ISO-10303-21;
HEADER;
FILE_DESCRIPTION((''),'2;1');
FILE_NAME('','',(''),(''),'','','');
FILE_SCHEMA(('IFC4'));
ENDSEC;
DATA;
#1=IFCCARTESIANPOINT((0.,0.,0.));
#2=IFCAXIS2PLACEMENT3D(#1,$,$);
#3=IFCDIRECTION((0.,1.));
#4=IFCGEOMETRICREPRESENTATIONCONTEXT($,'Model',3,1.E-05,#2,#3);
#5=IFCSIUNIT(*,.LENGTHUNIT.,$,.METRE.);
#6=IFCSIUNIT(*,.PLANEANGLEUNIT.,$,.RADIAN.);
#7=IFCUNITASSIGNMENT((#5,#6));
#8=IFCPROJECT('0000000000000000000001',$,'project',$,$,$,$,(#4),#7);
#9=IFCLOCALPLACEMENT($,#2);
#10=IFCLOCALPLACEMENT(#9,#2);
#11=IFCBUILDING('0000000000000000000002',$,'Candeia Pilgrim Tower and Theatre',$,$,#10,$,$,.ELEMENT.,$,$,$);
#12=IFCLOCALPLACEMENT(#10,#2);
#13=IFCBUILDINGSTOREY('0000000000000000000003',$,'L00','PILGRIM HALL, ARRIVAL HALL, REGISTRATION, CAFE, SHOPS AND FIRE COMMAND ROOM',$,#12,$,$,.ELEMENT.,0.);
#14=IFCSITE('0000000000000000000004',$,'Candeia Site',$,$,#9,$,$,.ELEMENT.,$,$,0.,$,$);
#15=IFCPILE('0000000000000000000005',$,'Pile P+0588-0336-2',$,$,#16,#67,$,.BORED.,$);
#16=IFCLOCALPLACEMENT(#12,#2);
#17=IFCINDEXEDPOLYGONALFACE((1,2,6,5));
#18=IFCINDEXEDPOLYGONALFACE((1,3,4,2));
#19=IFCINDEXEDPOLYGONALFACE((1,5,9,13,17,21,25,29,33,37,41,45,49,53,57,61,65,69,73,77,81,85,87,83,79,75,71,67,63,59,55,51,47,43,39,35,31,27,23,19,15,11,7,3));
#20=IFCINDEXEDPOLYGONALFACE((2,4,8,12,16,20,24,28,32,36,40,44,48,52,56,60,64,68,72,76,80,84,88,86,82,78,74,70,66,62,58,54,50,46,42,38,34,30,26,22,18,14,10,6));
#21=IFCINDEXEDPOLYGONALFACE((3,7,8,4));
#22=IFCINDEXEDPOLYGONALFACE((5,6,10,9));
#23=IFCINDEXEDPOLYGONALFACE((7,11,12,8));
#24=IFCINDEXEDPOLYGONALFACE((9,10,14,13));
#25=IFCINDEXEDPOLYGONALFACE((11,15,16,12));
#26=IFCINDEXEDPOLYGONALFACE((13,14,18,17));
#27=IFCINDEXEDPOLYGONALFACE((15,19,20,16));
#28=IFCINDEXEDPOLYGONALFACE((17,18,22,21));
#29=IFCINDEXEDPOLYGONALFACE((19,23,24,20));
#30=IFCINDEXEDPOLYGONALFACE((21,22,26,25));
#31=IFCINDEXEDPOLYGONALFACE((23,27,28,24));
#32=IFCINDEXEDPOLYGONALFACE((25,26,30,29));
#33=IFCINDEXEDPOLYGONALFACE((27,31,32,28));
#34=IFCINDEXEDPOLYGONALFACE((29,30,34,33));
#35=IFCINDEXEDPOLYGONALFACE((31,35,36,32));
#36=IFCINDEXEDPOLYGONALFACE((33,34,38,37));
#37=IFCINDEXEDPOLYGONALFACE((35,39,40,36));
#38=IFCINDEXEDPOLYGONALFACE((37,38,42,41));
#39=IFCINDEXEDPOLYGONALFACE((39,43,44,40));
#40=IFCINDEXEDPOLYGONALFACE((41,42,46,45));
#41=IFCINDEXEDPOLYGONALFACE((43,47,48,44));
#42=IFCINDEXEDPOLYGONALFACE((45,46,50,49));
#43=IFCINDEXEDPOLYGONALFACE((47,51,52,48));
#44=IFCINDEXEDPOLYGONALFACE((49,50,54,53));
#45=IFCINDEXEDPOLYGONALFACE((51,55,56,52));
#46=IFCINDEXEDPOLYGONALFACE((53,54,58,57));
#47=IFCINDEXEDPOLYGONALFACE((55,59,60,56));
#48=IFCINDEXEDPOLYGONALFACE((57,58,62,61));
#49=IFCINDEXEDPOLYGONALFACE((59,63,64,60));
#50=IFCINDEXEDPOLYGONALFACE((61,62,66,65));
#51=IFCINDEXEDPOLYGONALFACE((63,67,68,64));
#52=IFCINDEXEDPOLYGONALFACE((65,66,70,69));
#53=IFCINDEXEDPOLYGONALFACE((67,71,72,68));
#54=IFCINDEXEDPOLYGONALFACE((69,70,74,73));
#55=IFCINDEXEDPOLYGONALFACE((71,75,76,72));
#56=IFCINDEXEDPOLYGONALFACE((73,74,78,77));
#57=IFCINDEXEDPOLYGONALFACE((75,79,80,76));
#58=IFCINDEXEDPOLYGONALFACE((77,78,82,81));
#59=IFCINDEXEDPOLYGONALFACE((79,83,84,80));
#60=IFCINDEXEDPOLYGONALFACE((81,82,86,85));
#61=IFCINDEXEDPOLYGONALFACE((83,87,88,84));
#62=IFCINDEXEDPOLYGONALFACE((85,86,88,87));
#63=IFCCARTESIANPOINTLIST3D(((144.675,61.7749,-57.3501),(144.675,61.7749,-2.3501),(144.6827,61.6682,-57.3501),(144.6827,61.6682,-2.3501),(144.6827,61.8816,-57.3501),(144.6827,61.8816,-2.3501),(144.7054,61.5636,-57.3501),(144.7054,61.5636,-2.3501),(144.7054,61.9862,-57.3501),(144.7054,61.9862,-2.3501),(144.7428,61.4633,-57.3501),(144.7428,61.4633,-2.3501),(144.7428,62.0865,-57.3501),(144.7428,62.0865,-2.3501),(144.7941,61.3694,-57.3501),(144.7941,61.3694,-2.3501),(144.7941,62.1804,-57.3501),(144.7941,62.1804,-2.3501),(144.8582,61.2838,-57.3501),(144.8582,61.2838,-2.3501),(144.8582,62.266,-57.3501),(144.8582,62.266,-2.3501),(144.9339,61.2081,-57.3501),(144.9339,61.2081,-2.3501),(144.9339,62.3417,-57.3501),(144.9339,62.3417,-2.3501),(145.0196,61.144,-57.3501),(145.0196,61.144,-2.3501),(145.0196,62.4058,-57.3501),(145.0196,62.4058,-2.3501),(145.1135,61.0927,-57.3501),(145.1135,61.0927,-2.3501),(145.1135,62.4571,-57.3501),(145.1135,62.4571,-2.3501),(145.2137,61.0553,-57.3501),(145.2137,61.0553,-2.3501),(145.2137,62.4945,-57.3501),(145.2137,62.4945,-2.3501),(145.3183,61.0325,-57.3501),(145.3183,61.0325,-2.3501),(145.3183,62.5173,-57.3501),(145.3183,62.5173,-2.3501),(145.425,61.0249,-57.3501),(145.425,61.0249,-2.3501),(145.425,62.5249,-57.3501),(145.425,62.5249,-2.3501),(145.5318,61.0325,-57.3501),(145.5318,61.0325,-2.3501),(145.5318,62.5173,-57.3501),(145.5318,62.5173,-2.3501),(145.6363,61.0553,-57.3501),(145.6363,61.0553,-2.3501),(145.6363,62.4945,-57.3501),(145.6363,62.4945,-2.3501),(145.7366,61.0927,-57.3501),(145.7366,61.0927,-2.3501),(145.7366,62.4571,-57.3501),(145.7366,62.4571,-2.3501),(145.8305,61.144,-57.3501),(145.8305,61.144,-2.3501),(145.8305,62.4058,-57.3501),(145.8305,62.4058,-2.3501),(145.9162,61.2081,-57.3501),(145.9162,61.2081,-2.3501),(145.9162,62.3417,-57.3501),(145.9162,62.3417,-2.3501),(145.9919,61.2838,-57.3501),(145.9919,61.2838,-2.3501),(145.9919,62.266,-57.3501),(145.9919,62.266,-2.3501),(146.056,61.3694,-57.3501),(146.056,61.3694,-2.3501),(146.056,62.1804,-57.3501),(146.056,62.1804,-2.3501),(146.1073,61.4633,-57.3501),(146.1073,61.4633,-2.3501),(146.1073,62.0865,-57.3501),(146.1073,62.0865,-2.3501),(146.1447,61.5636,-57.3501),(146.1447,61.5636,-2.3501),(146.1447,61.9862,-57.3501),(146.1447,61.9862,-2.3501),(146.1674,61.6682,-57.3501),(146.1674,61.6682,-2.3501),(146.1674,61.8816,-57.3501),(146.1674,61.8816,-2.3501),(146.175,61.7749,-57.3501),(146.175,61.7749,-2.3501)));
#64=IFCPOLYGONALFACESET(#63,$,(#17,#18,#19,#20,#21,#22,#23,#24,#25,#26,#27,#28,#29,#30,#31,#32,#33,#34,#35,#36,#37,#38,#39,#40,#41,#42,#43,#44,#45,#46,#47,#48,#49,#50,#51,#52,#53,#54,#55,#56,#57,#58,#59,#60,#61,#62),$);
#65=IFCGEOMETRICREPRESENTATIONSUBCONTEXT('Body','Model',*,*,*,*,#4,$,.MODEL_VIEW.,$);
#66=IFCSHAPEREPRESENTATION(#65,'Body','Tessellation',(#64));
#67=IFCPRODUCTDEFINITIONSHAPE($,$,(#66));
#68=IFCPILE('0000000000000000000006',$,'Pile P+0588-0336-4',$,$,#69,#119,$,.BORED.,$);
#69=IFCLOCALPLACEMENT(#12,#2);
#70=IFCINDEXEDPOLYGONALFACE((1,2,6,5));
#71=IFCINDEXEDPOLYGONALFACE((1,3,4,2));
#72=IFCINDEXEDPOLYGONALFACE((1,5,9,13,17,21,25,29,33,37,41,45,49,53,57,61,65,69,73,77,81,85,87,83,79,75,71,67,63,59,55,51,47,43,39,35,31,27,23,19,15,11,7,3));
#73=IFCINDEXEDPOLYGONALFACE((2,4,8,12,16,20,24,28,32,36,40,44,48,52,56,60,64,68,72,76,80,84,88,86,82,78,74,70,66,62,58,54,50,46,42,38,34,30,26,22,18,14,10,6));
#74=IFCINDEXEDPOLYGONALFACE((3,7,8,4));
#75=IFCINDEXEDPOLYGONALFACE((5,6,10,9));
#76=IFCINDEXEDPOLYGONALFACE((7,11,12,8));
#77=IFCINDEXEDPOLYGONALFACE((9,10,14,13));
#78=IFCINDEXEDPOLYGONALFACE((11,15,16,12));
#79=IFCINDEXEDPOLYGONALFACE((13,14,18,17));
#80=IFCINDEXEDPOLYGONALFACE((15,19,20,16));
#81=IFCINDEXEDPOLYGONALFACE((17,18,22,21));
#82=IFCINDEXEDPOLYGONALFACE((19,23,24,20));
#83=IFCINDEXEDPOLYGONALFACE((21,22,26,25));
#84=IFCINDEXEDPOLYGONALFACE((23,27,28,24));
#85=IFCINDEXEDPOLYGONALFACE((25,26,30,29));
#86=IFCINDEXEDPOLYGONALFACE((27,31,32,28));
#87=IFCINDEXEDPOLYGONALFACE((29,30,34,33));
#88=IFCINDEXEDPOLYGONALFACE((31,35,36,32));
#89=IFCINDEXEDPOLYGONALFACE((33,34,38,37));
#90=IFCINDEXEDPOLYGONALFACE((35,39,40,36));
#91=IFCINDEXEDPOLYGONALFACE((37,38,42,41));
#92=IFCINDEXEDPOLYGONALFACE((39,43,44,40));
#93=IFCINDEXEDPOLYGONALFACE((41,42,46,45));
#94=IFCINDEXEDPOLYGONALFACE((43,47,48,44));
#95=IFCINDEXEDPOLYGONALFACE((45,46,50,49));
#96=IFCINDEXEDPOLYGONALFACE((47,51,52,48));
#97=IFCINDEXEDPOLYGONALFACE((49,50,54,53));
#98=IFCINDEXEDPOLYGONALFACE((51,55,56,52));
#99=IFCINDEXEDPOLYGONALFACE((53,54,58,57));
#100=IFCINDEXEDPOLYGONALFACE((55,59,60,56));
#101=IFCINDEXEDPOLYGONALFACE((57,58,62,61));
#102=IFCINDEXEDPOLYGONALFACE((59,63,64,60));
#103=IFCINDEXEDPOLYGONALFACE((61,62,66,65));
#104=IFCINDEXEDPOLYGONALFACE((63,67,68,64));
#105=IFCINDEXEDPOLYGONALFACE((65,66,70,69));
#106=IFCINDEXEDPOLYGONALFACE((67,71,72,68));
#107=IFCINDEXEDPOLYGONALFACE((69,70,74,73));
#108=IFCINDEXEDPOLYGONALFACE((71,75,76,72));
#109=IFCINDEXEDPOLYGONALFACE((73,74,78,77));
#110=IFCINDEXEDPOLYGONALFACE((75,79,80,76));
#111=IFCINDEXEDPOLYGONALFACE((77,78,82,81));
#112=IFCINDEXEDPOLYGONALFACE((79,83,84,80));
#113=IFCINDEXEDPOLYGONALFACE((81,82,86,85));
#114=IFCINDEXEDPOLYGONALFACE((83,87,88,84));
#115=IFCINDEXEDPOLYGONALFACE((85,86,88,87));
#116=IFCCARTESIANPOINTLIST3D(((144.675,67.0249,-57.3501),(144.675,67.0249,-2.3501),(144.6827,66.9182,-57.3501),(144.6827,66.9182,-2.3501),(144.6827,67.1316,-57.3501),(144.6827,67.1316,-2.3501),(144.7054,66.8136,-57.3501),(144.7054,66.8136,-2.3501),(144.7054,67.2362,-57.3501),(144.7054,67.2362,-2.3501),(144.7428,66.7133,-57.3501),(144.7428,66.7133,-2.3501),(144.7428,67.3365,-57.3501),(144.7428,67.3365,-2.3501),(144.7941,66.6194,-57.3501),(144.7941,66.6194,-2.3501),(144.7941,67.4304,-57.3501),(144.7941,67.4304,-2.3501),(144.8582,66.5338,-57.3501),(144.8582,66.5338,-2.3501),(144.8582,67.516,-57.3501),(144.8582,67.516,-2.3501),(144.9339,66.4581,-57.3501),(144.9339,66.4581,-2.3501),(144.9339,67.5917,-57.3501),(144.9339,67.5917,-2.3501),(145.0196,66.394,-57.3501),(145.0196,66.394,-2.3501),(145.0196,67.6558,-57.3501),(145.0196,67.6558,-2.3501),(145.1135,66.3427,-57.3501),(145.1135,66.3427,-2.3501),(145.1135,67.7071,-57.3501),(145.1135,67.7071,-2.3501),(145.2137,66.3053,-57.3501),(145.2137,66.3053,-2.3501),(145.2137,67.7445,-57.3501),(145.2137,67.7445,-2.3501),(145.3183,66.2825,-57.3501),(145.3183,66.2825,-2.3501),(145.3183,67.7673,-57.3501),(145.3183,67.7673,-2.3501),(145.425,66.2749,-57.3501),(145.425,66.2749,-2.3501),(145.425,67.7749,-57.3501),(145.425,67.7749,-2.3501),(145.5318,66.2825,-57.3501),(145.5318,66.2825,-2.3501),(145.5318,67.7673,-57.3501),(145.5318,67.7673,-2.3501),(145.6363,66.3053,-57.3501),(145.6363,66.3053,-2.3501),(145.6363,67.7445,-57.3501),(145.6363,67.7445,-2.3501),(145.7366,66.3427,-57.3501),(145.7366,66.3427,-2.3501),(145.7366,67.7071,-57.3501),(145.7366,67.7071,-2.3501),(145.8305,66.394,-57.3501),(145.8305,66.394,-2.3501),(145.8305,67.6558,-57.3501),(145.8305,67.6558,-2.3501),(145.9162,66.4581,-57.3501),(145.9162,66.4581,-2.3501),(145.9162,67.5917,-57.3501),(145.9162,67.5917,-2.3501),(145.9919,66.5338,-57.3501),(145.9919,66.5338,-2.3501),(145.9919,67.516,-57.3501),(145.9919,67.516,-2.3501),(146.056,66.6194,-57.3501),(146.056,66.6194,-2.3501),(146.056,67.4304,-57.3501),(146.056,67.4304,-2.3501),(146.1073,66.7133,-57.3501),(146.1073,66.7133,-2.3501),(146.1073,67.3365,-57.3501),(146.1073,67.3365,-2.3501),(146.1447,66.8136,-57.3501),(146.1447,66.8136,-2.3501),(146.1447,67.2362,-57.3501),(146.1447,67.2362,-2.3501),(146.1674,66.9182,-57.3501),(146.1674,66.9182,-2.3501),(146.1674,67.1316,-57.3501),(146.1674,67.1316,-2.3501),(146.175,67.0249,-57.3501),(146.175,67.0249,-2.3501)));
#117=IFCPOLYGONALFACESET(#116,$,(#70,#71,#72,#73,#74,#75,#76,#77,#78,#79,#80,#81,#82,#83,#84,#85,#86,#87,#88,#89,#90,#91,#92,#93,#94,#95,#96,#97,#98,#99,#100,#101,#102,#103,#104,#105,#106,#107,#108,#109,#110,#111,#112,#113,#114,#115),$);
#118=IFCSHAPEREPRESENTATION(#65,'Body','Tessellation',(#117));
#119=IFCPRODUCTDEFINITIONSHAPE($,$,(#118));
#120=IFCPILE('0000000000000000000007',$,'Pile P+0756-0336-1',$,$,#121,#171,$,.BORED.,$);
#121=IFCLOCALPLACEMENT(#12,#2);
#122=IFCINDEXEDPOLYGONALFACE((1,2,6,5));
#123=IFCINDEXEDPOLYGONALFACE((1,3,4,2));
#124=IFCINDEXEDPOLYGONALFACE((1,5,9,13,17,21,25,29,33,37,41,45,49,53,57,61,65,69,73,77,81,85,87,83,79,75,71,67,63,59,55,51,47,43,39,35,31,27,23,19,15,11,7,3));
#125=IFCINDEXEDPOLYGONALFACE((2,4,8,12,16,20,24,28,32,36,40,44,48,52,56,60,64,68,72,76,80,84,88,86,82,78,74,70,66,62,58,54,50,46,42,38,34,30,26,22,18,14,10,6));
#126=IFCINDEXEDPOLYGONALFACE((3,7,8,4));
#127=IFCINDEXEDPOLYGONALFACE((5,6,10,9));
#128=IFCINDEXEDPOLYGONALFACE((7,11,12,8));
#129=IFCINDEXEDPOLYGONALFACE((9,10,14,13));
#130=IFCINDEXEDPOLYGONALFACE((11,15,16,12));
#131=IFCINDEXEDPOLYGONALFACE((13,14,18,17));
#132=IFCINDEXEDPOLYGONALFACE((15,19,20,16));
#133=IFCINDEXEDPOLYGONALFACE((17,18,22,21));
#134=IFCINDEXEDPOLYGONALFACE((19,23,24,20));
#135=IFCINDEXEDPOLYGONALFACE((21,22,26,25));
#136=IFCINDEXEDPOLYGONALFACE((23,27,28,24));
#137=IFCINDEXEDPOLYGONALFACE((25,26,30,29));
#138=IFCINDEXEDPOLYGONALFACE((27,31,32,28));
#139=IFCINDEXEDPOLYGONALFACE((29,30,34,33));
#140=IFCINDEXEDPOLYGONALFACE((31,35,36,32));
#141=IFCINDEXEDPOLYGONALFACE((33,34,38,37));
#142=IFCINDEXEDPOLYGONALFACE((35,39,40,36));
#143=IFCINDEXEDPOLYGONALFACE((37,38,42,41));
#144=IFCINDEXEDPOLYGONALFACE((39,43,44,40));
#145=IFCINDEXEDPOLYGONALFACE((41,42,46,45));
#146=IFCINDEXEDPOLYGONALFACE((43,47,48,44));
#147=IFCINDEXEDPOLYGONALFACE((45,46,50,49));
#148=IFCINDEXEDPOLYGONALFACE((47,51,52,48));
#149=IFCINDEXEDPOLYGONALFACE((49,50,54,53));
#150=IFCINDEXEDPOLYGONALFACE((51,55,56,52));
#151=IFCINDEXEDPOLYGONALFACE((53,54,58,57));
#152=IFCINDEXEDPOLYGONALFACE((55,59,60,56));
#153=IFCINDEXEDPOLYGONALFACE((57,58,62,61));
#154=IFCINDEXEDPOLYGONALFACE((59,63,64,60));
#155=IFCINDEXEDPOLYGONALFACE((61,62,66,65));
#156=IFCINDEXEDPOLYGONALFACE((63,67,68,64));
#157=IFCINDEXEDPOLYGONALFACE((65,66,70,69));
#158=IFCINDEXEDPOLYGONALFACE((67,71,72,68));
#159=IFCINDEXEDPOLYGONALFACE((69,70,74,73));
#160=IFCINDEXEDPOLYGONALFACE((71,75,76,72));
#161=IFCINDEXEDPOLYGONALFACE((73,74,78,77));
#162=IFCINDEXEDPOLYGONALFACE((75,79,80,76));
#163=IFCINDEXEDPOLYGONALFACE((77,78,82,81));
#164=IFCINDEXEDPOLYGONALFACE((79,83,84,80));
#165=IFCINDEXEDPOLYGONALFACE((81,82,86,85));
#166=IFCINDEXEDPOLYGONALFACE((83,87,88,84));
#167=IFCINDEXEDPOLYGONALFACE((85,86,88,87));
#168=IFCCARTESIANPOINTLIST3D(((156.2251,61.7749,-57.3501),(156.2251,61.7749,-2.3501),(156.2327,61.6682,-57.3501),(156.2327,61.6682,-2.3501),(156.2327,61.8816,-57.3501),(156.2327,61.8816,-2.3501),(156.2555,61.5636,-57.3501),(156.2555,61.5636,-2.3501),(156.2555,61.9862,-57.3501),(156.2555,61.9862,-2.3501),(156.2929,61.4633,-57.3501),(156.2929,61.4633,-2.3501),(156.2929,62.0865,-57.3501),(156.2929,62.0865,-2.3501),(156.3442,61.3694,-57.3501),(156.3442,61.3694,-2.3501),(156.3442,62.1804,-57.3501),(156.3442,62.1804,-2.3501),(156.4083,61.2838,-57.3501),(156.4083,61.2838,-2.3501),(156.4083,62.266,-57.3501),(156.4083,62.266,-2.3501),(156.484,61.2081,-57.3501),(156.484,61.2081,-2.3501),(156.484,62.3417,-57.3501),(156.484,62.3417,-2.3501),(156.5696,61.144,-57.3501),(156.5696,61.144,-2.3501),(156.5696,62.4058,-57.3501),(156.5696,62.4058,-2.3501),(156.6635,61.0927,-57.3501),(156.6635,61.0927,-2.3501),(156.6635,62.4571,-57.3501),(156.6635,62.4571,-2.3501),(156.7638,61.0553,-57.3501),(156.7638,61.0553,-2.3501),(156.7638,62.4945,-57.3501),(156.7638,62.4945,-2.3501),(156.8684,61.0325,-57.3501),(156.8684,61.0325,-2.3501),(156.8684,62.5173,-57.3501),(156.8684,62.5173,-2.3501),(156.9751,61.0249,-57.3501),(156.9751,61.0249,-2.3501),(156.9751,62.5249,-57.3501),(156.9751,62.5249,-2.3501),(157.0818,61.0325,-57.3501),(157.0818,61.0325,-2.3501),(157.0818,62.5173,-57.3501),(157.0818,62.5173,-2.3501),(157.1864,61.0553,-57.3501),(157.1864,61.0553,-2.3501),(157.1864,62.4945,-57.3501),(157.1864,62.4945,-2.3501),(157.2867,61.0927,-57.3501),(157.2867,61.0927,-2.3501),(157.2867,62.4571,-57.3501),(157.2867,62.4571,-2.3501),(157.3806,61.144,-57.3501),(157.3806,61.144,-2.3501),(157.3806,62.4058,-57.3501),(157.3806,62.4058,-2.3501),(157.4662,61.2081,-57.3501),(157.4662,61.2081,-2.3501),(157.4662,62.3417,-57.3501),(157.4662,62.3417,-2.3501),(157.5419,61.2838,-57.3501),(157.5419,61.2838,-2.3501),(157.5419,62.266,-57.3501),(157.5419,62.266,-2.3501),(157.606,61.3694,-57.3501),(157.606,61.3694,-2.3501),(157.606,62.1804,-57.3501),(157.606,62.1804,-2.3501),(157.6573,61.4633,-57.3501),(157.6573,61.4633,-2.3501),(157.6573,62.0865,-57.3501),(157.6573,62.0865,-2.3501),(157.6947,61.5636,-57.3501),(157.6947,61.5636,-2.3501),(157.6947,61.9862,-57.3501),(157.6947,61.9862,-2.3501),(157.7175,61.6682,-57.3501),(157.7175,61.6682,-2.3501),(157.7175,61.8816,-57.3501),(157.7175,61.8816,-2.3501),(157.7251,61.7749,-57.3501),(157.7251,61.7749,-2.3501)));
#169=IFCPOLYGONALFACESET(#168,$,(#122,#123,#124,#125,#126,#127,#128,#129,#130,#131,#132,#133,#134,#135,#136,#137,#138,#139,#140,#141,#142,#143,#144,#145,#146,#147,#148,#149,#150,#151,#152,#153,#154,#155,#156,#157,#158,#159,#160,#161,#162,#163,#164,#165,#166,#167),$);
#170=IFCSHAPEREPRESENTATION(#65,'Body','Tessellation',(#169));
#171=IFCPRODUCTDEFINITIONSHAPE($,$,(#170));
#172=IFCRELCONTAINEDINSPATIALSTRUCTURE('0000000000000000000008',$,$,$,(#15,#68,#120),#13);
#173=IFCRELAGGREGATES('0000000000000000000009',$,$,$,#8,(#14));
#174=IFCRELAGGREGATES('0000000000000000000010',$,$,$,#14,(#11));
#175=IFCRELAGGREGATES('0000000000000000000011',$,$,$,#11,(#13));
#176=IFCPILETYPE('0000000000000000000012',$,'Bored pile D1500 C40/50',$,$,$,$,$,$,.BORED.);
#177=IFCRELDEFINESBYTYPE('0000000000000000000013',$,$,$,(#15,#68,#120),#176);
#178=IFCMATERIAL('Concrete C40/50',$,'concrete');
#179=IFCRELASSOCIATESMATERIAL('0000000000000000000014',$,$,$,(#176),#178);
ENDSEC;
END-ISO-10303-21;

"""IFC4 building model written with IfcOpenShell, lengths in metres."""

from ifc_helpers import new_model, si_unit, direction, frame, origin, origin_2d, place, context, subcontext, project, spatial, circle, extrude, material, material_profile, profile_set, type_object, element, save


model = new_model("IFC4")

# Units and contexts
model_context = context("Model", 3, precision=1e-05, world=origin(), true_north=direction((0.0, 1.0)))
body_context = subcontext(model_context, "Body", "Model", "MODEL_VIEW")
ifc_project = project(units=[si_unit("LENGTHUNIT", "METRE"), si_unit("PLANEANGLEUNIT", "RADIAN")], contexts=[model_context])

# Site, building, storey
site_placement = place(None, origin())
site = spatial("IfcSite", under=ifc_project, at=site_placement, Name="Candeia Site", CompositionType="ELEMENT", RefElevation=0.0)
building_placement = place(site_placement, origin())
building = spatial("IfcBuilding", under=site, at=building_placement, Name="Candeia Pilgrim Tower and Theatre", CompositionType="ELEMENT")
storey_placement = place(building_placement, origin())
storey = spatial("IfcBuildingStorey", under=building, at=storey_placement, Name="L00", Description="PILGRIM HALL, ARRIVAL HALL, REGISTRATION, CAFE, SHOPS AND FIRE COMMAND ROOM", CompositionType="ELEMENT", Elevation=0.0)

# Piles
ifc_material_1 = material(Name="Concrete C40/50", Category="concrete")
ifc_material_profile_1 = material_profile(ifc_material_1, circle(Radius=0.75, at=origin_2d()))
ifc_profile_set_1 = profile_set([ifc_material_profile_1], Name="Concrete C40/50")
pile_type_1 = type_object("IfcPileType", Name="Bored pile D1500 C40/50", PredefinedType="BORED", material=ifc_profile_set_1)
for number, where, z_axis, x_axis, name in (
    (1, (145.425, 61.7749, -2.3501), (0.0, 0.0, -1.0), (1.0, 0.0, 0.0), "Pile P+0588-0336-2"),
    (2, (145.425, 67.0249, -2.3501), (0.0, 0.0, -1.0), (1.0, 0.0, 0.0), "Pile P+0588-0336-4"),
    (3, (156.9751, 61.7749, -2.3501), (0.0, 0.0, -1.0), (1.0, 0.0, 0.0), "Pile P+0756-0336-1"),
):
    element("IfcPile", number, at=place(storey_placement, frame(where, z_axis=z_axis, x_axis=x_axis)), inside=storey, type_object=pile_type_1, Name=name, PredefinedType="BORED", context=body_context, shape_type="SweptSolid", body=[
        extrude(circle(Radius=0.75, at=origin_2d()), origin(), (0.0, 0.0, 1.0), 55.0),
    ])

save(model, "model.ifc")
